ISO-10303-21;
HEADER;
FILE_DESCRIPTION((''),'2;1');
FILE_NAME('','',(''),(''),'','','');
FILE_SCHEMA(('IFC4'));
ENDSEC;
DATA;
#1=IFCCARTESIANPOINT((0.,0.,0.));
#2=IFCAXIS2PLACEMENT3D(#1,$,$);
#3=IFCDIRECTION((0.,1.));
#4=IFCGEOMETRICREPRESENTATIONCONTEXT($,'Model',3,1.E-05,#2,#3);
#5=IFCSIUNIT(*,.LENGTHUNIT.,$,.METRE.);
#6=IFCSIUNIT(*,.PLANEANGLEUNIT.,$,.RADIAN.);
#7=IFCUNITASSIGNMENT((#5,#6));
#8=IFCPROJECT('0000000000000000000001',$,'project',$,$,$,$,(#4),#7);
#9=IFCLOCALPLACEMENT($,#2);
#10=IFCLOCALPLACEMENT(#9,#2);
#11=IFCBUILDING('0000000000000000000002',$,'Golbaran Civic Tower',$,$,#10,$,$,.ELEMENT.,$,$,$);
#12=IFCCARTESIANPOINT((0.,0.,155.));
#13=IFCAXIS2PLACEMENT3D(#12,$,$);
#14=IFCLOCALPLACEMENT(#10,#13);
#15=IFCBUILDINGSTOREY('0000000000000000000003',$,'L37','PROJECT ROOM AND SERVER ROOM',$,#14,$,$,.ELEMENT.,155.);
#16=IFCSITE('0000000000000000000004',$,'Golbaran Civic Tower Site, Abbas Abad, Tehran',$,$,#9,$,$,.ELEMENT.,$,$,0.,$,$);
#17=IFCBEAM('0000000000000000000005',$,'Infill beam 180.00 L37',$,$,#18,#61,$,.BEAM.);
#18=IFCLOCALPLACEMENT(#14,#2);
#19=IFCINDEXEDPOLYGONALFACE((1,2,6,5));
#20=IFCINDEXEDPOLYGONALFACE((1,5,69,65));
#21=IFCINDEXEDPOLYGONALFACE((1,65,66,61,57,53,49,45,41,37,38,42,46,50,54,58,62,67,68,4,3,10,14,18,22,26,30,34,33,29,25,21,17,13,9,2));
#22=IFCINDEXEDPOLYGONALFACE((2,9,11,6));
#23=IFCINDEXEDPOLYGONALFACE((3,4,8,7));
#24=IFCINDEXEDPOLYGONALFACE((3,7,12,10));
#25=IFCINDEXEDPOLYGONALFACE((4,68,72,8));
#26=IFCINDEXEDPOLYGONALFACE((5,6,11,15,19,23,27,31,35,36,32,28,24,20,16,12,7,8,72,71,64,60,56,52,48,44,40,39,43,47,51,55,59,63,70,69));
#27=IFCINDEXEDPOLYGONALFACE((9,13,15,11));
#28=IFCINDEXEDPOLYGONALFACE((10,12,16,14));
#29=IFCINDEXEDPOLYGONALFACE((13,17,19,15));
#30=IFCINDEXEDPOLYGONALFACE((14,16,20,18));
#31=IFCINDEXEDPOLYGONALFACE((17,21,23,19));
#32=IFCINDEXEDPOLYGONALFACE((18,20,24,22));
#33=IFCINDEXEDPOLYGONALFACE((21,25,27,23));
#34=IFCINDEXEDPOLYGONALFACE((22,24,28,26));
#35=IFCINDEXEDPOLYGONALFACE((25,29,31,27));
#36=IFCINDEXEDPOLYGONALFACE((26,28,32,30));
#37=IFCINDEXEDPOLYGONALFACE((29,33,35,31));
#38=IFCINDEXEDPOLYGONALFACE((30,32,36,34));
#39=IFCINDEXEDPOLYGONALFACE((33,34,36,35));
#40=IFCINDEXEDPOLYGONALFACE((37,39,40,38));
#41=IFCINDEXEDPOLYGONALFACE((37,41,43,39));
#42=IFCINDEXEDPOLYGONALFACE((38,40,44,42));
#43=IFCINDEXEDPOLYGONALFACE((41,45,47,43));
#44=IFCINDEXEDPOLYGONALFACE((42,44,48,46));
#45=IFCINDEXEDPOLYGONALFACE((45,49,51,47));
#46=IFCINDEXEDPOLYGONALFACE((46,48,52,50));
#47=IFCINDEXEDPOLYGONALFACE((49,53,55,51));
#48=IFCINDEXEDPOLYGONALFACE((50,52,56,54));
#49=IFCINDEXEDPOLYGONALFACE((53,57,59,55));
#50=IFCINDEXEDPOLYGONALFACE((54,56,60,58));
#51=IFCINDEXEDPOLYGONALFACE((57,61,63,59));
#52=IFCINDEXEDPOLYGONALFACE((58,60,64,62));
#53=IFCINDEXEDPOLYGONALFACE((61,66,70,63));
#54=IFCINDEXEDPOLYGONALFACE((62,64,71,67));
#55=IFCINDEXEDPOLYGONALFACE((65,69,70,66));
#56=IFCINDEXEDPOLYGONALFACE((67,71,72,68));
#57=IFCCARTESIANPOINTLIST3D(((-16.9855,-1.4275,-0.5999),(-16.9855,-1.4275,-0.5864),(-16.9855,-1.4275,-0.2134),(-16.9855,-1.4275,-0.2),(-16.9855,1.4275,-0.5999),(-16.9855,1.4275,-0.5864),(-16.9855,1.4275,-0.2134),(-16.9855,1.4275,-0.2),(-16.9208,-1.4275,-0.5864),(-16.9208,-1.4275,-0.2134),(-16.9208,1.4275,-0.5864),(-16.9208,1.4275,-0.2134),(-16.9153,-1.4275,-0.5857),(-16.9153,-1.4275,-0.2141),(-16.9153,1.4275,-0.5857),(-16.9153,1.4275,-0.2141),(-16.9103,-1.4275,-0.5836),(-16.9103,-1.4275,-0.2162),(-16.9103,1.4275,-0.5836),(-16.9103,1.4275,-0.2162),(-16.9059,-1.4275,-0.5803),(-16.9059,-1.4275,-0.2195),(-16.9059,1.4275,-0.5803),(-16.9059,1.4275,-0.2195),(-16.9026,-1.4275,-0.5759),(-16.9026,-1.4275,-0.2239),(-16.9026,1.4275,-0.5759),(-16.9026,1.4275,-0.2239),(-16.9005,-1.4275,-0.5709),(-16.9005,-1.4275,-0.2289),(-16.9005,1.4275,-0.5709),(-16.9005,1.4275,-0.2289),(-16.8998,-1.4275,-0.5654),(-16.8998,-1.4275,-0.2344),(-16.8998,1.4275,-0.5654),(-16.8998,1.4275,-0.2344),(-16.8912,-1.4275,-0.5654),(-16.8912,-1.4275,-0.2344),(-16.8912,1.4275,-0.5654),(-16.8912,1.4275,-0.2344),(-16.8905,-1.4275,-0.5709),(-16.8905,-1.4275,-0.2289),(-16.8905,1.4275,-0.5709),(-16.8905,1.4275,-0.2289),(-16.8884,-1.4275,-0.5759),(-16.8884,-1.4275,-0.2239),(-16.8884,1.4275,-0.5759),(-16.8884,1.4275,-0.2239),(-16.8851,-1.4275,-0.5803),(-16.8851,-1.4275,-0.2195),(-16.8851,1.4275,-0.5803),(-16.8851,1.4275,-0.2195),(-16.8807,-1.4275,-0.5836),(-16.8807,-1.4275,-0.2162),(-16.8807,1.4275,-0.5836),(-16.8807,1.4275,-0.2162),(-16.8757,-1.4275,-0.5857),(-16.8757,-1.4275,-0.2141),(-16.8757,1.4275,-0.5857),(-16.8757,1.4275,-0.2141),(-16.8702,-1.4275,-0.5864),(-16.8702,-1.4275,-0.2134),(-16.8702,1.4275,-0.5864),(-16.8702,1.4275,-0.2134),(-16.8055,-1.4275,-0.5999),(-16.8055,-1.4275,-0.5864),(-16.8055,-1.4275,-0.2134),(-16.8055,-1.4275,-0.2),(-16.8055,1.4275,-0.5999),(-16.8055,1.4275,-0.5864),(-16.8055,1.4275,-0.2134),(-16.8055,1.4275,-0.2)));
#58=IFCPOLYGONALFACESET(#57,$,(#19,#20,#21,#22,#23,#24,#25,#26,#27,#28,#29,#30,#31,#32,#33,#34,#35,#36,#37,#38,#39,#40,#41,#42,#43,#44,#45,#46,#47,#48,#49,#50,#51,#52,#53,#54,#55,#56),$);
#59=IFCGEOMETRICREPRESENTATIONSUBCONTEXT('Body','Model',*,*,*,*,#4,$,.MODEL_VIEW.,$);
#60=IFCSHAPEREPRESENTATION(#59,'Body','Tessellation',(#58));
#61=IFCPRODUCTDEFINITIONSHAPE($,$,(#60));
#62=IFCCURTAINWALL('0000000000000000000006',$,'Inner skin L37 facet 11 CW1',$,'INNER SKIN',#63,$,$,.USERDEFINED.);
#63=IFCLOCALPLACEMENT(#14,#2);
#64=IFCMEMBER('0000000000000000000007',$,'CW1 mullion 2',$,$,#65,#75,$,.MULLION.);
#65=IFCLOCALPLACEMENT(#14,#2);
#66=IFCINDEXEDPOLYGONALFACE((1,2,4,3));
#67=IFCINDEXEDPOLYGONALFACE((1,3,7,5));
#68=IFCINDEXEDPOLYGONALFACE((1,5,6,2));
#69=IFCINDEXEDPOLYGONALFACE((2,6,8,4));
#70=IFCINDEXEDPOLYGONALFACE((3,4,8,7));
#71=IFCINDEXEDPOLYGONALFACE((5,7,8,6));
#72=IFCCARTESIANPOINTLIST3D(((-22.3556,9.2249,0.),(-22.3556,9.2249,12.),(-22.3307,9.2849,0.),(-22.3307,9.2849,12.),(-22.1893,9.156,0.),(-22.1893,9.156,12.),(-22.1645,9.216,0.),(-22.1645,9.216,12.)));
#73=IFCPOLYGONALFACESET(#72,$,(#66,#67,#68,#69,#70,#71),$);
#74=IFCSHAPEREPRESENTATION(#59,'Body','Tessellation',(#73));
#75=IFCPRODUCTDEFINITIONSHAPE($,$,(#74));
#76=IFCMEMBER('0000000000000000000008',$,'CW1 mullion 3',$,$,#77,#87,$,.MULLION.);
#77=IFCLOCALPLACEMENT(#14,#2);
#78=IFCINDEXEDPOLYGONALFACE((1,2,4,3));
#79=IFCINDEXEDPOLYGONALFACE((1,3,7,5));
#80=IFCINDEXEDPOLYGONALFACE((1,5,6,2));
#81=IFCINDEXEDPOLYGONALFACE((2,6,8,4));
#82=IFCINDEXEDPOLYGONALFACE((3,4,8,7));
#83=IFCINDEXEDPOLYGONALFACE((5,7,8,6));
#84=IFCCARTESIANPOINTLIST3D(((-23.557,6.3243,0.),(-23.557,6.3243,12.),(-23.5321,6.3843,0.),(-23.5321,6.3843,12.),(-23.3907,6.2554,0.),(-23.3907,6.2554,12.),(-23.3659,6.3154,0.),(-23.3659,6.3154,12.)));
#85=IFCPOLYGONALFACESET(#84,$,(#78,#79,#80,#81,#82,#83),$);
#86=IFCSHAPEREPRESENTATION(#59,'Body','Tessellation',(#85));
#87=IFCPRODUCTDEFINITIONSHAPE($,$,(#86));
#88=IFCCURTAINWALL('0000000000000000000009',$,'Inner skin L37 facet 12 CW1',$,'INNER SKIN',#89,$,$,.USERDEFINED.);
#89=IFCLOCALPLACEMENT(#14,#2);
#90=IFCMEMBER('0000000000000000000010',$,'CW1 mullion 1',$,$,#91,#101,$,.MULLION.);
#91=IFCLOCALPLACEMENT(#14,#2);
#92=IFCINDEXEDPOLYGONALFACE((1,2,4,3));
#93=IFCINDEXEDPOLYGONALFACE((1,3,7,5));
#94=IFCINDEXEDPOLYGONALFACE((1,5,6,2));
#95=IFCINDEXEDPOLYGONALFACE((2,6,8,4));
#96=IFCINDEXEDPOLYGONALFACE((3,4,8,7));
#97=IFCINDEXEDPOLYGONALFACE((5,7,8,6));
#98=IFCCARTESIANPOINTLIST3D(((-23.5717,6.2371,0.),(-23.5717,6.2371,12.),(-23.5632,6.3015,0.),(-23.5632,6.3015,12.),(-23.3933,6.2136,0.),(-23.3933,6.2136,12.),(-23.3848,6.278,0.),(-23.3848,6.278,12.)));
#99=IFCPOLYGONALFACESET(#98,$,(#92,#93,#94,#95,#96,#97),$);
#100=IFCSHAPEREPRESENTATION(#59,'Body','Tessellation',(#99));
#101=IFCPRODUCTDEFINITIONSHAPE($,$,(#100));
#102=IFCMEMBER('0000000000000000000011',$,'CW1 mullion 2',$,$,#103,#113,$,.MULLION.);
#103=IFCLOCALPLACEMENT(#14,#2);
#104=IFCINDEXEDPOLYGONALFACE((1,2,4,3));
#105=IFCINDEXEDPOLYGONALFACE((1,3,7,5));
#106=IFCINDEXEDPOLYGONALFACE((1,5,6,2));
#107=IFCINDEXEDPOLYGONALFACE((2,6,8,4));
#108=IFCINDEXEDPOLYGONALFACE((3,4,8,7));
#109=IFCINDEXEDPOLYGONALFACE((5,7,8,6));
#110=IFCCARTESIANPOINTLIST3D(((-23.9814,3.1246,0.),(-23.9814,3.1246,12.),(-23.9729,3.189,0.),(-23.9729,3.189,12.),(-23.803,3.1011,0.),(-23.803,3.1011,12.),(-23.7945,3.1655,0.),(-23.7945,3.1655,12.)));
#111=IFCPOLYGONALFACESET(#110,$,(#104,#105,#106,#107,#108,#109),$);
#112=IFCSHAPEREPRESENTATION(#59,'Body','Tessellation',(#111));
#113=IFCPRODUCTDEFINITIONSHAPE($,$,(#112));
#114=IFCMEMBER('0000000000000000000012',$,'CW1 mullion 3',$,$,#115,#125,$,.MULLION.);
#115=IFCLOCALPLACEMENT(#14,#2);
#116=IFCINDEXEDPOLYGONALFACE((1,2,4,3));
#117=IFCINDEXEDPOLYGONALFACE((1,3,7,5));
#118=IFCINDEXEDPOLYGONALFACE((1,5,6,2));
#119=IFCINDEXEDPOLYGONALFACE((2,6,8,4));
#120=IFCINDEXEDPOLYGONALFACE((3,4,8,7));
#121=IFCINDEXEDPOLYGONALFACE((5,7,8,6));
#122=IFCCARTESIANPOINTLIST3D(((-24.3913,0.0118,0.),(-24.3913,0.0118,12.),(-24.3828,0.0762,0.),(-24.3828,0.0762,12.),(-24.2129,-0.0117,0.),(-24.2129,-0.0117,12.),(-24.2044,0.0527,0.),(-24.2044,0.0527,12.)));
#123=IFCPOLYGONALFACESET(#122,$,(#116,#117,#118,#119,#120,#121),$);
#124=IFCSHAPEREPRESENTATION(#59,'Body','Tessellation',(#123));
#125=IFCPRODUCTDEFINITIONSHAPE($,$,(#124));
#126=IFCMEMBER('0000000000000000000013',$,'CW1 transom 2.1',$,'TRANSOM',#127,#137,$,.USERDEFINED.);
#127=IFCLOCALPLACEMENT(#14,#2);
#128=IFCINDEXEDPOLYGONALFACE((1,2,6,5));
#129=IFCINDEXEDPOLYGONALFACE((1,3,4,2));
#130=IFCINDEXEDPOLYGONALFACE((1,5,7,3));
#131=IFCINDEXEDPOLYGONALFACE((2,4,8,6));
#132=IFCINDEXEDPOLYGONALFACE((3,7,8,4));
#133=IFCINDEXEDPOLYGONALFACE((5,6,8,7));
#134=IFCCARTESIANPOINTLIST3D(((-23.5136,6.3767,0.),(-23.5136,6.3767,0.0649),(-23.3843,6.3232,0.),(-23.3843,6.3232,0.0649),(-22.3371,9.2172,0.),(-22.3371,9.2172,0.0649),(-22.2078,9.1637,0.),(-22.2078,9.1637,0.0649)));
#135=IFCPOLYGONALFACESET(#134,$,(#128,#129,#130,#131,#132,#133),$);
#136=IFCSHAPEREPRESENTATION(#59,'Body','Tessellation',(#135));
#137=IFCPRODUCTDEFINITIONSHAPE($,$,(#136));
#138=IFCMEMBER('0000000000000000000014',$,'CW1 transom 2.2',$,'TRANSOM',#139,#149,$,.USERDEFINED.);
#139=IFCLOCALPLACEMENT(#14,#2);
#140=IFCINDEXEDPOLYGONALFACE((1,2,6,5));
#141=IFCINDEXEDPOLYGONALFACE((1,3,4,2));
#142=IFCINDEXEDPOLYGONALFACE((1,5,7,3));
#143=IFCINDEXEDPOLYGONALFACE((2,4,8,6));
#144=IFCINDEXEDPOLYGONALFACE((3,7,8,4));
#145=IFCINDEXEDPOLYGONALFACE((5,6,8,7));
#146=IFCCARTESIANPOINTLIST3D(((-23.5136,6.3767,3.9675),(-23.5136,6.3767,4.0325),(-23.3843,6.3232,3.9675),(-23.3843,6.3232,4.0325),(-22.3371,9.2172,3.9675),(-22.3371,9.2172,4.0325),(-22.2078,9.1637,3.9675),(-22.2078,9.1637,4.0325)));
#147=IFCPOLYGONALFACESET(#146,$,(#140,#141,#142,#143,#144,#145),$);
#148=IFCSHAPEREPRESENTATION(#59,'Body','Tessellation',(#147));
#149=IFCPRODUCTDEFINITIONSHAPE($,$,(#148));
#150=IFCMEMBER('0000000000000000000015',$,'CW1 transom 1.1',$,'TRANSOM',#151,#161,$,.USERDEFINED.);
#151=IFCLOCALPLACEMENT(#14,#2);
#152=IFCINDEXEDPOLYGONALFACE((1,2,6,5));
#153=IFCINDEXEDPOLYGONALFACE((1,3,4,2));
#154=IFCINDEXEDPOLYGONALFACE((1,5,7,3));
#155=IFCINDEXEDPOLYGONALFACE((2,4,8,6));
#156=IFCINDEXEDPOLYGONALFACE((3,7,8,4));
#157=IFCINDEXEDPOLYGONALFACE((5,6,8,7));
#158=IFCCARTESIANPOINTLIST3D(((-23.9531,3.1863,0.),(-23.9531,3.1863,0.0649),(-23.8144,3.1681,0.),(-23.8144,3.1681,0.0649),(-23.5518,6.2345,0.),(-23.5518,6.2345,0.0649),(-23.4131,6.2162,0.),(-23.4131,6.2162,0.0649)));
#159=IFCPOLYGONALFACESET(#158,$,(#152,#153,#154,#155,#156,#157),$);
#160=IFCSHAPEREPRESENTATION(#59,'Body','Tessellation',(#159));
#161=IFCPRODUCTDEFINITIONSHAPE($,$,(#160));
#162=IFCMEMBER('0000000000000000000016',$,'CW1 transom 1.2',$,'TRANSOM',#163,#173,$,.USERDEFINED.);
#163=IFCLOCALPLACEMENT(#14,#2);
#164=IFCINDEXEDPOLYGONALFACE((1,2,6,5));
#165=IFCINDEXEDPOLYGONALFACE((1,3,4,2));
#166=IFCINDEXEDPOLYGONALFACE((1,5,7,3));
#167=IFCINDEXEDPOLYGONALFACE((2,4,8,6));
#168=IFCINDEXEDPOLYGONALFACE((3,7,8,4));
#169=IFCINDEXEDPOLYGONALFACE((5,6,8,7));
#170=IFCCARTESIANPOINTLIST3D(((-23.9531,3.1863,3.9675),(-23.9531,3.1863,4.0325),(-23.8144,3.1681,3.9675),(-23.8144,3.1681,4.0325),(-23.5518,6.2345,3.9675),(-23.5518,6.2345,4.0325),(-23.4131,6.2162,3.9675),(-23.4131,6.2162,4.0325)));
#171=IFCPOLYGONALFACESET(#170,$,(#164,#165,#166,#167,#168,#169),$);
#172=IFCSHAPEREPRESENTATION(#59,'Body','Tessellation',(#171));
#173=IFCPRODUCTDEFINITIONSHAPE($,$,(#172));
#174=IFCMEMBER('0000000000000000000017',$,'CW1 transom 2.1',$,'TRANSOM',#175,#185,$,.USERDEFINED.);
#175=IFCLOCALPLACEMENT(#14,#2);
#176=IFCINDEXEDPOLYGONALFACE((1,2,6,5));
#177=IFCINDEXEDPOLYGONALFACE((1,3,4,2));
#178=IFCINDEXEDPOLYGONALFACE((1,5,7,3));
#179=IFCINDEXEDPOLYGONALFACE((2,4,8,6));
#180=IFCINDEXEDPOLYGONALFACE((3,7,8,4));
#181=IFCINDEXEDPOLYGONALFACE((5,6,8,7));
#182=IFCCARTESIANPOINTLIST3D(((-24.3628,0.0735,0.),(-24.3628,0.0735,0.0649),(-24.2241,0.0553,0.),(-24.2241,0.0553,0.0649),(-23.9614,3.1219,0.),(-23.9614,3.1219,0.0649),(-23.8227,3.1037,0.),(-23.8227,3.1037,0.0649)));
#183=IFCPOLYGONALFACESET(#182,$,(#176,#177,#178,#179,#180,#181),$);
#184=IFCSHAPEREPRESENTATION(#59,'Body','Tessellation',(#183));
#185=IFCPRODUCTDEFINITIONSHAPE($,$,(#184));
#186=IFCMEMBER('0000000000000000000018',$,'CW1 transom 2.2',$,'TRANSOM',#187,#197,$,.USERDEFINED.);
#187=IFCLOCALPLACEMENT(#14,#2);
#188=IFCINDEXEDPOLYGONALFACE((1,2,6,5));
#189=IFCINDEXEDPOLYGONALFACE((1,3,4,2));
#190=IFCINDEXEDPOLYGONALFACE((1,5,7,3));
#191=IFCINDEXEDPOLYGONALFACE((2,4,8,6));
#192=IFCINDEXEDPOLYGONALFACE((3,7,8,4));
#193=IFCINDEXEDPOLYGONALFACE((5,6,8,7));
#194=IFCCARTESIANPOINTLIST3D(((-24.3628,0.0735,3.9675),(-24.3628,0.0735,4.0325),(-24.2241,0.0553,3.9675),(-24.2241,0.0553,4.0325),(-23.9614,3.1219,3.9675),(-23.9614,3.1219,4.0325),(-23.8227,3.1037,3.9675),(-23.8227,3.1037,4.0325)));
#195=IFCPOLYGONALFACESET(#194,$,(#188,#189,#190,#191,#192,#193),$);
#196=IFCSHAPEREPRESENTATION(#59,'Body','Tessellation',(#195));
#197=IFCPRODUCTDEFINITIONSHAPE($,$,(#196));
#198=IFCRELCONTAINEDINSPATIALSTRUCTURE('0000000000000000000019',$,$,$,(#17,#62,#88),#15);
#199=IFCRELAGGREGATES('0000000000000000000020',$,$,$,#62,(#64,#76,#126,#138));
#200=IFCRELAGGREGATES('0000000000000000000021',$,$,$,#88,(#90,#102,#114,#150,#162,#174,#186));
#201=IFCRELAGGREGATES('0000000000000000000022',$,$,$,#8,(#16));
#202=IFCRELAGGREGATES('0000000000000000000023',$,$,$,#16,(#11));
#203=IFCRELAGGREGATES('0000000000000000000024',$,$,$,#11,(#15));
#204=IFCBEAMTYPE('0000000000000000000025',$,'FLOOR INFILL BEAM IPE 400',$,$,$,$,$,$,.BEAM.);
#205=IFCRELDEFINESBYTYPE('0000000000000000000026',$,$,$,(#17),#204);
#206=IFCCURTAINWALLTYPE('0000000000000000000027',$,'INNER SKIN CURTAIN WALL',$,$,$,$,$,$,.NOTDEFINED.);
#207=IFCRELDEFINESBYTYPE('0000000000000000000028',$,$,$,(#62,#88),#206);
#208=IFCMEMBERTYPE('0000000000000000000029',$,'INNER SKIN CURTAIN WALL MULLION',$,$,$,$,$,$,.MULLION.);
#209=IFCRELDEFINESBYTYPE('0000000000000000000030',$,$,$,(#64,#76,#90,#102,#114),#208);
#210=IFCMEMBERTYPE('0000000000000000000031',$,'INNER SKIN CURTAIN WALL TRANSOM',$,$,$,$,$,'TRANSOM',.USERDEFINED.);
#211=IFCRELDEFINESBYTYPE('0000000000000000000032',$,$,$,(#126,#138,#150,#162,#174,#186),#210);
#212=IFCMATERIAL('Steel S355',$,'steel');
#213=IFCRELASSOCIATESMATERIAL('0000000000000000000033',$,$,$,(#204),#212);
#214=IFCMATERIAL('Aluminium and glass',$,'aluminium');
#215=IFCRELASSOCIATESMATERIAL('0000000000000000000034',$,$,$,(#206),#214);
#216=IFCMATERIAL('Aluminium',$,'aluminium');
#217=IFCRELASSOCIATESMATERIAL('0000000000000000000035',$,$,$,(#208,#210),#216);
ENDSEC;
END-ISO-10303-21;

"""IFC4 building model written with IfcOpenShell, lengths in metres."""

from ifc_helpers import new_model, si_unit, direction, frame, origin, origin_2d, place, context, subcontext, project, spatial, rectangle, i_section, extrude, material, material_profile, profile_set, type_object, element, aggregate, save


model = new_model("IFC4")

# Units and contexts
model_context = context("Model", 3, precision=1e-05, world=origin(), true_north=direction((0.0, 1.0)))
body_context = subcontext(model_context, "Body", "Model", "MODEL_VIEW")
ifc_project = project(units=[si_unit("LENGTHUNIT", "METRE"), si_unit("PLANEANGLEUNIT", "RADIAN")], contexts=[model_context])

# Site, building, storey
site_placement = place(None, origin())
site = spatial("IfcSite", under=ifc_project, at=site_placement, Name="Golbaran Civic Tower Site, Abbas Abad, Tehran", CompositionType="ELEMENT", RefElevation=0.0)
building_placement = place(site_placement, origin())
building = spatial("IfcBuilding", under=site, at=building_placement, Name="Golbaran Civic Tower", CompositionType="ELEMENT")
storey_placement = place(building_placement, frame((0.0, 0.0, 155.0)))
storey = spatial("IfcBuildingStorey", under=building, at=storey_placement, Name="L37", Description="PROJECT ROOM AND SERVER ROOM", CompositionType="ELEMENT", Elevation=155.0)

# Beam
ifc_material_1 = material(Name="Steel S355", Category="steel")
ifc_material_profile_1 = material_profile(ifc_material_1, i_section(OverallWidth=0.1799, OverallDepth=0.3999, WebThickness=0.0085, FlangeThickness=0.0134, FilletRadius=0.021, at=origin_2d()), Name="IPE 400")
ifc_profile_set_1 = profile_set([ifc_material_profile_1], Name="Steel S355")
beam_type_1 = type_object("IfcBeamType", Name="FLOOR INFILL BEAM IPE 400", PredefinedType="BEAM", material=ifc_profile_set_1)
beam_1_placement = place(storey_placement, frame((-16.8955, 1.4275, -0.3999), z_axis=(0.0, -1.0, 0.0), x_axis=(1.0, 0.0, 0.0)))
element("IfcBeam", 1, at=beam_1_placement, inside=storey, type_object=beam_type_1, Name="Infill beam 180.00 L37", PredefinedType="BEAM", context=body_context, shape_type="SweptSolid", body=[
    extrude(i_section(OverallWidth=0.1799, OverallDepth=0.3999, WebThickness=0.0085, FlangeThickness=0.0134, FilletRadius=0.021, at=origin_2d()), origin(), (0.0, 0.0, 1.0), 2.855),
])

# Curtain walls, members
ifc_material_2 = material(Name="Aluminium and glass", Category="aluminium")
curtain_wall_type = type_object("IfcCurtainWallType", Name="INNER SKIN CURTAIN WALL", PredefinedType="NOTDEFINED", material=ifc_material_2)
curtain_wall_1_placement = place(storey_placement, origin())
curtain_wall_1 = element("IfcCurtainWall", 2, at=curtain_wall_1_placement, inside=storey, type_object=curtain_wall_type, Name="Inner skin L37 facet 11 CW1", ObjectType="INNER SKIN", PredefinedType="USERDEFINED")
ifc_material_3 = material(Name="Aluminium", Category="aluminium")
ifc_material_profile_2 = material_profile(ifc_material_3, rectangle(XDim=0.1799, YDim=0.0649, at=origin_2d()), Name="INNER SKIN CURTAIN WALL MULLION")
ifc_profile_set_2 = profile_set([ifc_material_profile_2], Name="Aluminium")
member_type_1 = type_object("IfcMemberType", Name="INNER SKIN CURTAIN WALL MULLION", PredefinedType="MULLION", material=ifc_profile_set_2)
member_1_placement = place(storey_placement, frame((-22.26, 9.2205, 0.0), z_axis=(0.0, 0.0, 1.0), x_axis=(0.92388, -0.382683, 0.0)))
member_1 = element("IfcMember", 3, at=member_1_placement, type_object=member_type_1, Name="CW1 mullion 2", PredefinedType="MULLION", context=body_context, shape_type="SweptSolid", body=[
    extrude(rectangle(XDim=0.1799, YDim=0.0649, at=origin_2d()), origin(), (0.0, 0.0, 1.0), 12.0),
])
member_2_placement = place(storey_placement, frame((-23.4614, 6.3198, 0.0), z_axis=(0.0, 0.0, 1.0), x_axis=(0.92388, -0.382683, 0.0)))
member_2 = element("IfcMember", 4, at=member_2_placement, type_object=member_type_1, Name="CW1 mullion 3", PredefinedType="MULLION", context=body_context, shape_type="SweptSolid", body=[
    extrude(rectangle(XDim=0.1799, YDim=0.0649, at=origin_2d()), origin(), (0.0, 0.0, 1.0), 12.0),
])
curtain_wall_2_placement = place(storey_placement, origin())
curtain_wall_2 = element("IfcCurtainWall", 5, at=curtain_wall_2_placement, inside=storey, type_object=curtain_wall_type, Name="Inner skin L37 facet 12 CW1", ObjectType="INNER SKIN", PredefinedType="USERDEFINED")
member_3_placement = place(storey_placement, frame((-23.4783, 6.2576, 0.0), z_axis=(0.0, 0.0, 1.0), x_axis=(0.991445, -0.130526, 0.0)))
member_3 = element("IfcMember", 6, at=member_3_placement, type_object=member_type_1, Name="CW1 mullion 1", PredefinedType="MULLION", context=body_context, shape_type="SweptSolid", body=[
    extrude(rectangle(XDim=0.1799, YDim=0.0649, at=origin_2d()), origin(), (0.0, 0.0, 1.0), 12.0),
])
member_4_placement = place(storey_placement, frame((-23.8879, 3.145, 0.0), z_axis=(0.0, 0.0, 1.0), x_axis=(0.991445, -0.130526, 0.0)))
member_4 = element("IfcMember", 7, at=member_4_placement, type_object=member_type_1, Name="CW1 mullion 2", PredefinedType="MULLION", context=body_context, shape_type="SweptSolid", body=[
    extrude(rectangle(XDim=0.1799, YDim=0.0649, at=origin_2d()), origin(), (0.0, 0.0, 1.0), 12.0),
])
member_5_placement = place(storey_placement, frame((-24.2979, 0.0322, 0.0), z_axis=(0.0, 0.0, 1.0), x_axis=(0.991445, -0.130526, 0.0)))
member_5 = element("IfcMember", 8, at=member_5_placement, type_object=member_type_1, Name="CW1 mullion 3", PredefinedType="MULLION", context=body_context, shape_type="SweptSolid", body=[
    extrude(rectangle(XDim=0.1799, YDim=0.0649, at=origin_2d()), origin(), (0.0, 0.0, 1.0), 12.0),
])

# Members
ifc_material_profile_3 = material_profile(ifc_material_3, rectangle(XDim=0.1399, YDim=0.0649, at=origin_2d()), Name="INNER SKIN CURTAIN WALL TRANSOM")
ifc_profile_set_3 = profile_set([ifc_material_profile_3], Name="Aluminium")
member_type_2 = type_object("IfcMemberType", Name="INNER SKIN CURTAIN WALL TRANSOM", ElementType="TRANSOM", PredefinedType="USERDEFINED", material=ifc_profile_set_3)
member_6_placement = place(storey_placement, frame((-22.2725, 9.1904, 0.0325), z_axis=(-0.382658, -0.92389, 0.0), x_axis=(0.92389, -0.382658, 0.0)))
member_6 = element("IfcMember", 9, at=member_6_placement, type_object=member_type_2, Name="CW1 transom 2.1", ObjectType="TRANSOM", PredefinedType="USERDEFINED", context=body_context, shape_type="SweptSolid", body=[
    extrude(rectangle(XDim=0.1399, YDim=0.0649, at=origin_2d()), origin(), (0.0, 0.0, 1.0), 3.0745),
])
member_7_placement = place(storey_placement, frame((-22.2725, 9.1904, 4.0), z_axis=(-0.382658, -0.92389, 0.0), x_axis=(0.92389, -0.382658, 0.0)))
member_7 = element("IfcMember", 10, at=member_7_placement, type_object=member_type_2, Name="CW1 transom 2.2", ObjectType="TRANSOM", PredefinedType="USERDEFINED", context=body_context, shape_type="SweptSolid", body=[
    extrude(rectangle(XDim=0.1399, YDim=0.0649, at=origin_2d()), origin(), (0.0, 0.0, 1.0), 3.0745),
])
member_8_placement = place(storey_placement, frame((-23.4824, 6.2253, 0.0325), z_axis=(-0.130551, -0.991442, 0.0), x_axis=(0.991442, -0.130551, 0.0)))
member_8 = element("IfcMember", 11, at=member_8_placement, type_object=member_type_2, Name="CW1 transom 1.1", ObjectType="TRANSOM", PredefinedType="USERDEFINED", context=body_context, shape_type="SweptSolid", body=[
    extrude(rectangle(XDim=0.1399, YDim=0.0649, at=origin_2d()), origin(), (0.0, 0.0, 1.0), 3.0745),
])
member_9_placement = place(storey_placement, frame((-23.4824, 6.2253, 4.0), z_axis=(-0.130551, -0.991442, 0.0), x_axis=(0.991442, -0.130551, 0.0)))
member_9 = element("IfcMember", 12, at=member_9_placement, type_object=member_type_2, Name="CW1 transom 1.2", ObjectType="TRANSOM", PredefinedType="USERDEFINED", context=body_context, shape_type="SweptSolid", body=[
    extrude(rectangle(XDim=0.1399, YDim=0.0649, at=origin_2d()), origin(), (0.0, 0.0, 1.0), 3.0745),
])
member_10_placement = place(storey_placement, frame((-23.8921, 3.1128, 0.0325), z_axis=(-0.130541, -0.991443, 0.0), x_axis=(0.991443, -0.130541, 0.0)))
member_10 = element("IfcMember", 13, at=member_10_placement, type_object=member_type_2, Name="CW1 transom 2.1", ObjectType="TRANSOM", PredefinedType="USERDEFINED", context=body_context, shape_type="SweptSolid", body=[
    extrude(rectangle(XDim=0.1399, YDim=0.0649, at=origin_2d()), origin(), (0.0, 0.0, 1.0), 3.0747),
])
member_11_placement = place(storey_placement, frame((-23.8921, 3.1128, 4.0), z_axis=(-0.130541, -0.991443, 0.0), x_axis=(0.991443, -0.130541, 0.0)))
member_11 = element("IfcMember", 14, at=member_11_placement, type_object=member_type_2, Name="CW1 transom 2.2", ObjectType="TRANSOM", PredefinedType="USERDEFINED", context=body_context, shape_type="SweptSolid", body=[
    extrude(rectangle(XDim=0.1399, YDim=0.0649, at=origin_2d()), origin(), (0.0, 0.0, 1.0), 3.0747),
])

aggregate(curtain_wall_1, [member_1, member_2, member_6, member_7])
aggregate(curtain_wall_2, [member_3, member_4, member_5, member_8, member_9, member_10, member_11])

save(model, "model.ifc")
